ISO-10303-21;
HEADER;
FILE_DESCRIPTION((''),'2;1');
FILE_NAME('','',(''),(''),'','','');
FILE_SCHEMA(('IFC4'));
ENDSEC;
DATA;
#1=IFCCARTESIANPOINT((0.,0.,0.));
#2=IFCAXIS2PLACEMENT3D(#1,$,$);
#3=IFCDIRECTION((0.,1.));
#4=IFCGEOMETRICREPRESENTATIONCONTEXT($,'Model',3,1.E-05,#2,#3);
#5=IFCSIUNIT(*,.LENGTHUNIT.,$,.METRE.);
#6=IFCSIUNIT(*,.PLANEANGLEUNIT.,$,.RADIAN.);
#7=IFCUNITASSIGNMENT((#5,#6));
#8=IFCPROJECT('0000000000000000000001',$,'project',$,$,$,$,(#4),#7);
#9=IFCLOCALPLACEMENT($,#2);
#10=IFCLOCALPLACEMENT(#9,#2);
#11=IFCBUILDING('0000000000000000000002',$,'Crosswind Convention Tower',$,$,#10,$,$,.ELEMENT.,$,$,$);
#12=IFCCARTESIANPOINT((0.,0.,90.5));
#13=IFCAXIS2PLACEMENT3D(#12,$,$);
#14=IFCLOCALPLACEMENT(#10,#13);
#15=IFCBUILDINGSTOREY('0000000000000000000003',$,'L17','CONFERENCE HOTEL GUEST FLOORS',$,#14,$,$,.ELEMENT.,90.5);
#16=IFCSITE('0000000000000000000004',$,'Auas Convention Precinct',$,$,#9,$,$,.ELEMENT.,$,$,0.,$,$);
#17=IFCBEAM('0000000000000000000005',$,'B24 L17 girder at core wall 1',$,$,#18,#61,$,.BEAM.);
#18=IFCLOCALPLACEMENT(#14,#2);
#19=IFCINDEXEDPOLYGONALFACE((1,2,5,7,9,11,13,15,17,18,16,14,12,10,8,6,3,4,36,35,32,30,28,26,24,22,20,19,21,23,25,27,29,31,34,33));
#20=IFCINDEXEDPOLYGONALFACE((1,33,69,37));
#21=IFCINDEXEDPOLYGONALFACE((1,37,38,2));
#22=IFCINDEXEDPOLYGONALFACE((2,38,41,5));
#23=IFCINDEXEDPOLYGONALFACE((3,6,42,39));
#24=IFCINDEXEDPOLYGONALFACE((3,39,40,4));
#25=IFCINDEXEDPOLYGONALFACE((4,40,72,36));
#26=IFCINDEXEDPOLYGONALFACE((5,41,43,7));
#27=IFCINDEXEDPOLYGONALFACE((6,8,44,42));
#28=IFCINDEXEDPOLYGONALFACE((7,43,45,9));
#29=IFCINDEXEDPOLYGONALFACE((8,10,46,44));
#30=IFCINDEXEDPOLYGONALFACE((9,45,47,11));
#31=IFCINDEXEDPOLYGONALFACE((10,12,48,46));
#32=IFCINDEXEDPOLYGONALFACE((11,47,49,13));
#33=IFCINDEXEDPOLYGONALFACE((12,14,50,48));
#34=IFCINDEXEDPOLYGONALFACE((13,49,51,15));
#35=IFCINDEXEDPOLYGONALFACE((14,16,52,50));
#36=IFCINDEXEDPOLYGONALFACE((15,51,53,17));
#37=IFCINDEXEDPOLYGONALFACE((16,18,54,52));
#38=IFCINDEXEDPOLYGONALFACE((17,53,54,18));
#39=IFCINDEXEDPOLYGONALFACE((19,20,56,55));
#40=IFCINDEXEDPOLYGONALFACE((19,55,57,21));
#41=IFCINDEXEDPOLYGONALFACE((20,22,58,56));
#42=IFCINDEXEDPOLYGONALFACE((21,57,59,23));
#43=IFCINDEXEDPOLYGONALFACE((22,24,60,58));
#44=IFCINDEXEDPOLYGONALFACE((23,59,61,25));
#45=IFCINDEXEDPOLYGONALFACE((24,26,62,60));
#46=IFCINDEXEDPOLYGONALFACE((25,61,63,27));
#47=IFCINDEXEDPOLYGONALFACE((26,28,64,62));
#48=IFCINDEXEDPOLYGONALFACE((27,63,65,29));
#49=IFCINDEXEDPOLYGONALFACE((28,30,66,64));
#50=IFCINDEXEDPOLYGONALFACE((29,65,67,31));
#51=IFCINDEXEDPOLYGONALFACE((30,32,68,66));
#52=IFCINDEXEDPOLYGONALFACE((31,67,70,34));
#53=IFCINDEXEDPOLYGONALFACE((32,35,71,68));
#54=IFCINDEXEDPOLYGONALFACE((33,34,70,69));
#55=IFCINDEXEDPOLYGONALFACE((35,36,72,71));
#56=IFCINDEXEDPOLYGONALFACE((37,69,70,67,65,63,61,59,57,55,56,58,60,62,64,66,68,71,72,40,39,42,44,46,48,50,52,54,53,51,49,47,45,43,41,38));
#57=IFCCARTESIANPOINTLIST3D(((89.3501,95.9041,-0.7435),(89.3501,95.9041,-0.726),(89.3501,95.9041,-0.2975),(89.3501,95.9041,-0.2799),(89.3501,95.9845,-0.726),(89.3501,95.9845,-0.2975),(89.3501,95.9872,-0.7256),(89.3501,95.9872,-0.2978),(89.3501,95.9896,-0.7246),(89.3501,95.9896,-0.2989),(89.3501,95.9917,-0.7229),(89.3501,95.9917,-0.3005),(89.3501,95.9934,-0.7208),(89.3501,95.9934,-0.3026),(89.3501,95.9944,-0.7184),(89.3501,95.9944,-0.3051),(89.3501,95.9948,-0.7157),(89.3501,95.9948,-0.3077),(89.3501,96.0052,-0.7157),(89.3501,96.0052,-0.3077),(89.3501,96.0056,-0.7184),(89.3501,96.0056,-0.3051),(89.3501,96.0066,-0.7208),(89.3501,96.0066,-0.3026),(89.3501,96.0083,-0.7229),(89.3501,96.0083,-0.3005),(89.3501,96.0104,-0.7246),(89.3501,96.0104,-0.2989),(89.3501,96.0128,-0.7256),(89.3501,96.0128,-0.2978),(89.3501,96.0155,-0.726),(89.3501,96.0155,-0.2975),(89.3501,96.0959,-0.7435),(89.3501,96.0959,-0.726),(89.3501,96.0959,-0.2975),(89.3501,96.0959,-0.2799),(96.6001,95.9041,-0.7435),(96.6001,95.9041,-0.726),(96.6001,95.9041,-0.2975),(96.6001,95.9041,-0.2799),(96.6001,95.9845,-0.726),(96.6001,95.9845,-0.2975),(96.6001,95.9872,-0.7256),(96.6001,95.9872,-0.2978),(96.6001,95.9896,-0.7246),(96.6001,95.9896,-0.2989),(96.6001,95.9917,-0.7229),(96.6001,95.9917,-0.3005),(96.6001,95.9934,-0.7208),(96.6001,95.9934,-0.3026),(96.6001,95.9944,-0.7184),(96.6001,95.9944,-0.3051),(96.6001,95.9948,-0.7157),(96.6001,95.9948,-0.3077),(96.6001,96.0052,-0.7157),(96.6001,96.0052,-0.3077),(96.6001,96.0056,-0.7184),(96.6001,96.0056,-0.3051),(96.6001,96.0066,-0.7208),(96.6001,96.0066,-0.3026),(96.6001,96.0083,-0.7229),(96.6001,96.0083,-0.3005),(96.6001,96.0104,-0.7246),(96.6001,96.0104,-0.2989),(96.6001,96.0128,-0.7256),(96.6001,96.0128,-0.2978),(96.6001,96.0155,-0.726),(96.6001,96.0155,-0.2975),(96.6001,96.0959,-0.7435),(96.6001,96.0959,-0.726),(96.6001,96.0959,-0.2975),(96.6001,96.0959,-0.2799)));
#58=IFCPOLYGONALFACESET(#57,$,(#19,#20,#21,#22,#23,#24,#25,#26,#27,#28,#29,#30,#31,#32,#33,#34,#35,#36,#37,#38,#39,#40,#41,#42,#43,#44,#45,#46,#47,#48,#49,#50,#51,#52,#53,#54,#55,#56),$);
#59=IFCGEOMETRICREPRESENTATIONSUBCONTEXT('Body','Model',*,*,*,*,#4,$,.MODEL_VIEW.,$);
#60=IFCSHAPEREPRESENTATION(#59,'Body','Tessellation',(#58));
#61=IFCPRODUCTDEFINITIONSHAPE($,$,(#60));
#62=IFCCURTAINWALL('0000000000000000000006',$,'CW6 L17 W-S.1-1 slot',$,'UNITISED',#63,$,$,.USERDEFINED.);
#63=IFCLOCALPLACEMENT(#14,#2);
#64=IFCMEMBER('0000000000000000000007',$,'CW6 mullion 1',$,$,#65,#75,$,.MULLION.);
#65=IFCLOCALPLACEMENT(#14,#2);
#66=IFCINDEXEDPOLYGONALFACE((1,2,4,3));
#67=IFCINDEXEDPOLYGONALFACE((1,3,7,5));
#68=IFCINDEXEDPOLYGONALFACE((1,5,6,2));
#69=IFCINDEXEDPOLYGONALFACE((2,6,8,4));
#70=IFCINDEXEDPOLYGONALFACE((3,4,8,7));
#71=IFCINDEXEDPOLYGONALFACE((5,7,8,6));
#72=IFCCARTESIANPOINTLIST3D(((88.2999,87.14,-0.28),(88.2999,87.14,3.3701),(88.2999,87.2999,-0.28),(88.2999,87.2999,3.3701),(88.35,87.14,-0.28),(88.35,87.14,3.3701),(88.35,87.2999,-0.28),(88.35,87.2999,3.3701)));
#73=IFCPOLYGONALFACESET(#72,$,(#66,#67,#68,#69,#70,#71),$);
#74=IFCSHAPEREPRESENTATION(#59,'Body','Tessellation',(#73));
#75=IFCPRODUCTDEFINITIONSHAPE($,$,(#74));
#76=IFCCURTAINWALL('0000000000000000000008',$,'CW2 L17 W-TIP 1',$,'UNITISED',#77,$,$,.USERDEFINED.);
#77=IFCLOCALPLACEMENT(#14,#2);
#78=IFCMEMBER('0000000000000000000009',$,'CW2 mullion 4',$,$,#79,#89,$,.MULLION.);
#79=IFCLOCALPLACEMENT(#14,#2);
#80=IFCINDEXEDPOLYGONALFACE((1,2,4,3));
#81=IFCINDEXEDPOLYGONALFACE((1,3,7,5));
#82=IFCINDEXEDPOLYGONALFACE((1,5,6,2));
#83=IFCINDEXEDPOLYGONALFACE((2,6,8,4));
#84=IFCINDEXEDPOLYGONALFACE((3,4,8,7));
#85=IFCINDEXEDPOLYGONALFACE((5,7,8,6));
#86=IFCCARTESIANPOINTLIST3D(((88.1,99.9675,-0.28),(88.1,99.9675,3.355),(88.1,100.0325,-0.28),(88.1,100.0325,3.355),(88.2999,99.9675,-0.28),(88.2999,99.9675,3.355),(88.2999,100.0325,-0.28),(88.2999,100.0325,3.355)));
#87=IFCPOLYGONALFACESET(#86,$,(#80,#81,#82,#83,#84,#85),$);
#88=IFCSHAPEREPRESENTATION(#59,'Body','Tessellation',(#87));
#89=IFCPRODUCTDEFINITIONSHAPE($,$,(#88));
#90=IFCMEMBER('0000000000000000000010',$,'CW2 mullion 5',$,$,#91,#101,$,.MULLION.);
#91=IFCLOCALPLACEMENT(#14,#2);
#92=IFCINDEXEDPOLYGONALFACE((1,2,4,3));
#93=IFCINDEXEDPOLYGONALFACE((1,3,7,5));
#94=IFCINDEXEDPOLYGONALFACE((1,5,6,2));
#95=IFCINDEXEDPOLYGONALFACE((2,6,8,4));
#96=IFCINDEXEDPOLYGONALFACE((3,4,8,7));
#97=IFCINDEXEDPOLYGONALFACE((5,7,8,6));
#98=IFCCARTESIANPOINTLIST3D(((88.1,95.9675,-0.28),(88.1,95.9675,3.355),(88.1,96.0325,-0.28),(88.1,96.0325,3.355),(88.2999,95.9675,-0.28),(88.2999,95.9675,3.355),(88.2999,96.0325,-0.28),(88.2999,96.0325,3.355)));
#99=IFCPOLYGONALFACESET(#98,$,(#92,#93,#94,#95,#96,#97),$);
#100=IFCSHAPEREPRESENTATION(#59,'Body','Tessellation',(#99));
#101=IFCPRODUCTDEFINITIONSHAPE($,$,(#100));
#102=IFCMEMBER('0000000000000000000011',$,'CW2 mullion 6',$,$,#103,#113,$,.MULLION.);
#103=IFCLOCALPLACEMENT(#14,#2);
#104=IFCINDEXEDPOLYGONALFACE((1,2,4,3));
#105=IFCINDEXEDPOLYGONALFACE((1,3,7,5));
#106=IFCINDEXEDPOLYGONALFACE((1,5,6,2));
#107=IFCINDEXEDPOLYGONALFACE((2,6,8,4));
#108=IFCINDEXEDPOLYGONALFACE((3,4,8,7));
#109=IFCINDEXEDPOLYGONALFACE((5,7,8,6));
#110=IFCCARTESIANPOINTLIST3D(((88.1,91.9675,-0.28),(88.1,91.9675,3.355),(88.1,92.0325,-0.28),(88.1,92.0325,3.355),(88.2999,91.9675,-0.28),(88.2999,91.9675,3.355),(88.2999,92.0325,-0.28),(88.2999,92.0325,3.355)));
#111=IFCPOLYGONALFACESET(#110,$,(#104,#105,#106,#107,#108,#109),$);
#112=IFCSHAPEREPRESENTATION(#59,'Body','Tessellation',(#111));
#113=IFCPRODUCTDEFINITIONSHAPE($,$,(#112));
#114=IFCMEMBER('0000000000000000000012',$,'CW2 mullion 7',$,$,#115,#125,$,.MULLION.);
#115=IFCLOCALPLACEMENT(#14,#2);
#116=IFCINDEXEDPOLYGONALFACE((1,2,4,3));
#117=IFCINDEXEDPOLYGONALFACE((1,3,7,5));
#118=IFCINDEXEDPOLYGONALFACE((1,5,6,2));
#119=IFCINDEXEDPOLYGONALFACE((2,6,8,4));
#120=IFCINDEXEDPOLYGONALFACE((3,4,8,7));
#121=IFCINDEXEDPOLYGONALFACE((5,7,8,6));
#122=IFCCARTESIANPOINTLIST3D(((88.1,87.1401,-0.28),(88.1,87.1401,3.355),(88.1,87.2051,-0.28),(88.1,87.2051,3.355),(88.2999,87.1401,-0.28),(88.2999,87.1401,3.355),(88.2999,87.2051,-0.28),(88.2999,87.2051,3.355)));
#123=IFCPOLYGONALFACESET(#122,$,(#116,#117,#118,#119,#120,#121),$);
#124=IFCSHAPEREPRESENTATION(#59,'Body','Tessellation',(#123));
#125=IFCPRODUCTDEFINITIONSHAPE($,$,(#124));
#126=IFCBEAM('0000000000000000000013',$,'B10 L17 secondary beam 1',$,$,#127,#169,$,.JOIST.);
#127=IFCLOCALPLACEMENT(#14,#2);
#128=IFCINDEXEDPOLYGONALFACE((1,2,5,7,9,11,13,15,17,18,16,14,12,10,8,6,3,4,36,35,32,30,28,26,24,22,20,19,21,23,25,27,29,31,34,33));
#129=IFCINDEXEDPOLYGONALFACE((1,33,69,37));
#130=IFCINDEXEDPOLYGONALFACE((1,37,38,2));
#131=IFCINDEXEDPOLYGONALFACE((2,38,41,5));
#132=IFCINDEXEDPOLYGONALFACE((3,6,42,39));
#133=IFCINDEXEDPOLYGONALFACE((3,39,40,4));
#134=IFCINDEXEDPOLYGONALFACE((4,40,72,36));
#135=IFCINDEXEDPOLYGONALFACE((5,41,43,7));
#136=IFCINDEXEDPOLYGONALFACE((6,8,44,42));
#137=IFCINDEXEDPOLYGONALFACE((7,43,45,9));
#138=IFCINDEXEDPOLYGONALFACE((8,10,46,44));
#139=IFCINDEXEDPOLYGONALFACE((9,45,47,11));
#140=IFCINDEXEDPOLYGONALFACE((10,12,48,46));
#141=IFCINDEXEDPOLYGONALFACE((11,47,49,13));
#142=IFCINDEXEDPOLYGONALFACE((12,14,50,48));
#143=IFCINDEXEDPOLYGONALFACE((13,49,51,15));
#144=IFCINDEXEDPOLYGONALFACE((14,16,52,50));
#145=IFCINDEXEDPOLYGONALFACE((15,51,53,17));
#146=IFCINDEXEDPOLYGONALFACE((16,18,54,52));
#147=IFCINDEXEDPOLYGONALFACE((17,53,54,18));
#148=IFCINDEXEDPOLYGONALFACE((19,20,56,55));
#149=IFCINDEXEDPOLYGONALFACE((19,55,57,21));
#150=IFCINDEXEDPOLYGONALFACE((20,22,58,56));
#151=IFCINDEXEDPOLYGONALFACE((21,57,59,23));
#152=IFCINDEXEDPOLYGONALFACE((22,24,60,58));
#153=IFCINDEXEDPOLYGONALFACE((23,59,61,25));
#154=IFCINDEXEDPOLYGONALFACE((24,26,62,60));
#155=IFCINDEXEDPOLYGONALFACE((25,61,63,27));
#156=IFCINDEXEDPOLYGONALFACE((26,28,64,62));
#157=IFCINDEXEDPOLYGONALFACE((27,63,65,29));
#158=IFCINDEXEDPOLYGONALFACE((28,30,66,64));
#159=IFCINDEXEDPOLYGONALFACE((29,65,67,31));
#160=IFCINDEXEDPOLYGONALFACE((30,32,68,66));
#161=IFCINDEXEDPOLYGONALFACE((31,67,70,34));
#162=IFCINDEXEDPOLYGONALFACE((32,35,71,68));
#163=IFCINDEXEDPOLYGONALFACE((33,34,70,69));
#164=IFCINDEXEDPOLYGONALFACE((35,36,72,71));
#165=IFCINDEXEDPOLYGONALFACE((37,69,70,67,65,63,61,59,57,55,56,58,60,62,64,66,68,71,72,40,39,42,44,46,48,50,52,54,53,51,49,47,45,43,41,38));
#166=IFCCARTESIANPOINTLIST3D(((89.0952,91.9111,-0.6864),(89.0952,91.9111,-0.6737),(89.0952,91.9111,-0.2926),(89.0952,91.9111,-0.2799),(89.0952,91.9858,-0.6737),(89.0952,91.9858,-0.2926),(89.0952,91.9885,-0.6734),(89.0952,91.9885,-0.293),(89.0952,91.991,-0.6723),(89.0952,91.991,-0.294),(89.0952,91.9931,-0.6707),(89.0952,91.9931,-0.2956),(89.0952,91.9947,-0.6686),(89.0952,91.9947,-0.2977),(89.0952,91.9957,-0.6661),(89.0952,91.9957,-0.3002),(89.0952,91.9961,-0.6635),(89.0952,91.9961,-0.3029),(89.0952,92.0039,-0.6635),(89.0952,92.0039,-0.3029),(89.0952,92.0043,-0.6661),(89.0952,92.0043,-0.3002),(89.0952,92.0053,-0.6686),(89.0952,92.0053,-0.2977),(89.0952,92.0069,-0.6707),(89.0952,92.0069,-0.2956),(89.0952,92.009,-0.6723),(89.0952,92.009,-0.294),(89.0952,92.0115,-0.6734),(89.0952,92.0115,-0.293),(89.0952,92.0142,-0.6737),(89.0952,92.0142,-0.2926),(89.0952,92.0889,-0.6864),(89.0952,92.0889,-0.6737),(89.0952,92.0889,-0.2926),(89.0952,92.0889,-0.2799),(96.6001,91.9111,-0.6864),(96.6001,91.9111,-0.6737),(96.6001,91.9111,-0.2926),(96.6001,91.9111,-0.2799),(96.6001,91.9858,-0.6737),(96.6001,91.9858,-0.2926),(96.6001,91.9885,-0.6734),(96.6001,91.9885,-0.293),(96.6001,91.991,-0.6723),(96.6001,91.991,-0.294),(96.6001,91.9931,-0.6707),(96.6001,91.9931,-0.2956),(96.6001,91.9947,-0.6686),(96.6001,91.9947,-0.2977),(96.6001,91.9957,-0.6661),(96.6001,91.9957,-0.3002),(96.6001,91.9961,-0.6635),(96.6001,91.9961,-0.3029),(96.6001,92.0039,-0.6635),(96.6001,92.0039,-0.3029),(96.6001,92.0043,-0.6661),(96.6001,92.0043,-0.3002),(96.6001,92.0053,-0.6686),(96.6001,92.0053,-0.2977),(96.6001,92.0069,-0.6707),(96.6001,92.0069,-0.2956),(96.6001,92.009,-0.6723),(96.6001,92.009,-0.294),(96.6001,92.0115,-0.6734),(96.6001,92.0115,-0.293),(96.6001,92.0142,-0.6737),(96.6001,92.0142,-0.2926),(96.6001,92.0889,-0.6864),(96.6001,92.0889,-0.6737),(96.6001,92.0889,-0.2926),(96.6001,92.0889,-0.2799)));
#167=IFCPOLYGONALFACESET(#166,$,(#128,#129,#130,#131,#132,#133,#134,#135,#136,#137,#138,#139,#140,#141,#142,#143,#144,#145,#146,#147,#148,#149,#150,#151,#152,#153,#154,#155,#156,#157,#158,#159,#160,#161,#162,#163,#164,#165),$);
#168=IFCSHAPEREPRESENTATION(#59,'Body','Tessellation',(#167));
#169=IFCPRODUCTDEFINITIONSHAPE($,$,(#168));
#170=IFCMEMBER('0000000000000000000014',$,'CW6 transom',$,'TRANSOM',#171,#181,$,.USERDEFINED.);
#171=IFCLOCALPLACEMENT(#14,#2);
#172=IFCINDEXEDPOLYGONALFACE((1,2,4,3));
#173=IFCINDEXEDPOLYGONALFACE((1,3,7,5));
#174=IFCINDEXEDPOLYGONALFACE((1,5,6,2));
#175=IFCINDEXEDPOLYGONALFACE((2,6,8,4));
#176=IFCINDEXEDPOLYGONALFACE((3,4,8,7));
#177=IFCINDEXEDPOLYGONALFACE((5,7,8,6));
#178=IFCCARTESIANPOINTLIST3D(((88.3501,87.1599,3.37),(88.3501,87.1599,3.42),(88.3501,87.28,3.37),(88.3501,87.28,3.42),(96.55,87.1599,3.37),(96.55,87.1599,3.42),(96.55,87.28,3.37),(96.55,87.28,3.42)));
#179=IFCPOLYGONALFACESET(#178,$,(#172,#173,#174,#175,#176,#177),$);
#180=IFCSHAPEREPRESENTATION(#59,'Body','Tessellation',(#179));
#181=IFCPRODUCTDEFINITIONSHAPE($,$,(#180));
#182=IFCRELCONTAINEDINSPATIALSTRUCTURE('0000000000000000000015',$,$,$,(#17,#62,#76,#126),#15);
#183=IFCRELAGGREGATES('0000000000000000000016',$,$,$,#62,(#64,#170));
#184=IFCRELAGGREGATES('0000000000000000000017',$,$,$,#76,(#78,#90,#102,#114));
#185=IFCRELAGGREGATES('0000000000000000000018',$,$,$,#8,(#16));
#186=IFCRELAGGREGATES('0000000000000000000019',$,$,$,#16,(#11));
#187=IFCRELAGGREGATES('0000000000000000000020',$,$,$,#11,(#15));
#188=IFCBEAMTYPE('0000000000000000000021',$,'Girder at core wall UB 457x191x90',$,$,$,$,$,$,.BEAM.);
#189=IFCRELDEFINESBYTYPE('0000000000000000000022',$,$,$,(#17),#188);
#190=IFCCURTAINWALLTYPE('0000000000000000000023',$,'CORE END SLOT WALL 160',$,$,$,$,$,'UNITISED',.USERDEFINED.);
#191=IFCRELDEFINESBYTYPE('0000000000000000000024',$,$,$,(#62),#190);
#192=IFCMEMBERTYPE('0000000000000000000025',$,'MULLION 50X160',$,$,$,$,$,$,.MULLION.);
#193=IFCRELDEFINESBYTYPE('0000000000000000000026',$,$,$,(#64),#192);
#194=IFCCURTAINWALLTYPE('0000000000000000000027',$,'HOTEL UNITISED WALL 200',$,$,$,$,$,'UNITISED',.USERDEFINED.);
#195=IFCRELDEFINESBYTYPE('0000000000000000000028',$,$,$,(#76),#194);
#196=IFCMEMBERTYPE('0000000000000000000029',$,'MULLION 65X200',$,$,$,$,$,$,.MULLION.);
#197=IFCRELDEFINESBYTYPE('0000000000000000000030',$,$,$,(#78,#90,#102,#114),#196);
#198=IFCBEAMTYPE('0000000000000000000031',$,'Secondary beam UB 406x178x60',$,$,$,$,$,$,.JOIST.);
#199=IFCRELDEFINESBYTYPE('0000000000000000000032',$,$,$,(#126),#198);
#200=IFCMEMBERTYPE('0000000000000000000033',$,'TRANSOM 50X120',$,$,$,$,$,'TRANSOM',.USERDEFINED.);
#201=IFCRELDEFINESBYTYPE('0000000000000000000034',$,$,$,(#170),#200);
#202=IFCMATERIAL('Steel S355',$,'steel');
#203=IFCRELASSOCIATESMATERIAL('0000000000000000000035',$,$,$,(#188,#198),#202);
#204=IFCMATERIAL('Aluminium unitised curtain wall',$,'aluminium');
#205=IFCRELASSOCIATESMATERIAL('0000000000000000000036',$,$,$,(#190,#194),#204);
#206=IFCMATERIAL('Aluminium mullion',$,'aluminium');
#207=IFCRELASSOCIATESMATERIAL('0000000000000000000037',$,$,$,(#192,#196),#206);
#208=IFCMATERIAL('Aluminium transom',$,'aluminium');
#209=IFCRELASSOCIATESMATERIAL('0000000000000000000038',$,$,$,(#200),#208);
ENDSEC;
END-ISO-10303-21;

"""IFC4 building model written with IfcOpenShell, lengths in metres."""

from ifc_helpers import new_model, si_unit, direction, frame, origin, origin_2d, place, context, subcontext, project, spatial, rectangle, i_section, extrude, material, material_profile, profile_set, type_object, element, aggregate, save


model = new_model("IFC4")

# Units and contexts
model_context = context("Model", 3, precision=1e-05, world=origin(), true_north=direction((0.0, 1.0)))
body_context = subcontext(model_context, "Body", "Model", "MODEL_VIEW")
ifc_project = project(units=[si_unit("LENGTHUNIT", "METRE"), si_unit("PLANEANGLEUNIT", "RADIAN")], contexts=[model_context])

# Site, building, storey
site_placement = place(None, origin())
site = spatial("IfcSite", under=ifc_project, at=site_placement, Name="Auas Convention Precinct", CompositionType="ELEMENT", RefElevation=0.0)
building_placement = place(site_placement, origin())
building = spatial("IfcBuilding", under=site, at=building_placement, Name="Crosswind Convention Tower", CompositionType="ELEMENT")
storey_placement = place(building_placement, frame((0.0, 0.0, 90.5)))
storey = spatial("IfcBuildingStorey", under=building, at=storey_placement, Name="L17", Description="CONFERENCE HOTEL GUEST FLOORS", CompositionType="ELEMENT", Elevation=90.5)

# Beam
ifc_material_1 = material(Name="Steel S355", Category="steel")
ifc_material_profile_1 = material_profile(ifc_material_1, i_section(OverallWidth=0.1919, OverallDepth=0.4636, WebThickness=0.0105, FlangeThickness=0.0176, FilletRadius=0.0103, at=origin_2d()), Name="UB 457x191x90")
ifc_profile_set_1 = profile_set([ifc_material_profile_1], Name="Steel S355")
beam_type_1 = type_object("IfcBeamType", Name="Girder at core wall UB 457x191x90", PredefinedType="BEAM", material=ifc_profile_set_1)
beam_1_placement = place(storey_placement, frame((89.3501, 96.0, -0.5117), z_axis=(1.0, 0.0, 0.0), x_axis=(0.0, 1.0, 0.0)))
element("IfcBeam", 1, at=beam_1_placement, inside=storey, type_object=beam_type_1, Name="B24 L17 girder at core wall 1", PredefinedType="BEAM", context=body_context, shape_type="SweptSolid", body=[
    extrude(i_section(OverallWidth=0.1919, OverallDepth=0.4636, WebThickness=0.0105, FlangeThickness=0.0176, FilletRadius=0.0103, at=origin_2d()), origin(), (0.0, 0.0, 1.0), 7.25),
])

# Curtain wall, member
ifc_material_2 = material(Name="Aluminium unitised curtain wall", Category="aluminium")
curtain_wall_type_1 = type_object("IfcCurtainWallType", Name="CORE END SLOT WALL 160", ElementType="UNITISED", PredefinedType="USERDEFINED", material=ifc_material_2)
curtain_wall_1_placement = place(storey_placement, origin())
curtain_wall_1 = element("IfcCurtainWall", 2, at=curtain_wall_1_placement, inside=storey, type_object=curtain_wall_type_1, Name="CW6 L17 W-S.1-1 slot", ObjectType="UNITISED", PredefinedType="USERDEFINED")
ifc_material_3 = material(Name="Aluminium mullion", Category="aluminium")
ifc_material_profile_2 = material_profile(ifc_material_3, rectangle(XDim=0.1599, YDim=0.05, at=origin_2d()), Name="AL 160X50")
ifc_profile_set_2 = profile_set([ifc_material_profile_2], Name="Aluminium mullion")
member_type_1 = type_object("IfcMemberType", Name="MULLION 50X160", PredefinedType="MULLION", material=ifc_profile_set_2)
member_1_placement = place(storey_placement, frame((88.325, 87.22, -0.28), z_axis=(0.0, 0.0, 1.0), x_axis=(0.0, -1.0, 0.0)))
member_1 = element("IfcMember", 3, at=member_1_placement, type_object=member_type_1, Name="CW6 mullion 1", PredefinedType="MULLION", context=body_context, shape_type="SweptSolid", body=[
    extrude(rectangle(XDim=0.1599, YDim=0.05, at=origin_2d()), origin(), (0.0, 0.0, 1.0), 3.6501),
])

# Curtain wall, members
curtain_wall_type_2 = type_object("IfcCurtainWallType", Name="HOTEL UNITISED WALL 200", ElementType="UNITISED", PredefinedType="USERDEFINED", material=ifc_material_2)
curtain_wall_2_placement = place(storey_placement, origin())
curtain_wall_2 = element("IfcCurtainWall", 4, at=curtain_wall_2_placement, inside=storey, type_object=curtain_wall_type_2, Name="CW2 L17 W-TIP 1", ObjectType="UNITISED", PredefinedType="USERDEFINED")
ifc_material_profile_3 = material_profile(ifc_material_3, rectangle(XDim=0.2, YDim=0.0649, at=origin_2d()), Name="AL 200X65")
ifc_profile_set_3 = profile_set([ifc_material_profile_3], Name="Aluminium mullion")
member_type_2 = type_object("IfcMemberType", Name="MULLION 65X200", PredefinedType="MULLION", material=ifc_profile_set_3)
member_2_placement = place(storey_placement, frame((88.2, 100.0, -0.28), z_axis=(0.0, 0.0, 1.0), x_axis=(-1.0, 0.0, 0.0)))
member_2 = element("IfcMember", 5, at=member_2_placement, type_object=member_type_2, Name="CW2 mullion 4", PredefinedType="MULLION", context=body_context, shape_type="SweptSolid", body=[
    extrude(rectangle(XDim=0.2, YDim=0.0649, at=origin_2d()), origin(), (0.0, 0.0, 1.0), 3.635),
])
member_3_placement = place(storey_placement, frame((88.2, 96.0, -0.28), z_axis=(0.0, 0.0, 1.0), x_axis=(-1.0, 0.0, 0.0)))
member_3 = element("IfcMember", 6, at=member_3_placement, type_object=member_type_2, Name="CW2 mullion 5", PredefinedType="MULLION", context=body_context, shape_type="SweptSolid", body=[
    extrude(rectangle(XDim=0.2, YDim=0.0649, at=origin_2d()), origin(), (0.0, 0.0, 1.0), 3.635),
])
member_4_placement = place(storey_placement, frame((88.2, 92.0, -0.28), z_axis=(0.0, 0.0, 1.0), x_axis=(-1.0, 0.0, 0.0)))
member_4 = element("IfcMember", 7, at=member_4_placement, type_object=member_type_2, Name="CW2 mullion 6", PredefinedType="MULLION", context=body_context, shape_type="SweptSolid", body=[
    extrude(rectangle(XDim=0.2, YDim=0.0649, at=origin_2d()), origin(), (0.0, 0.0, 1.0), 3.635),
])
member_5_placement = place(storey_placement, frame((88.2, 87.1726, -0.28), z_axis=(0.0, 0.0, 1.0), x_axis=(-1.0, 0.0, 0.0)))
member_5 = element("IfcMember", 8, at=member_5_placement, type_object=member_type_2, Name="CW2 mullion 7", PredefinedType="MULLION", context=body_context, shape_type="SweptSolid", body=[
    extrude(rectangle(XDim=0.2, YDim=0.0649, at=origin_2d()), origin(), (0.0, 0.0, 1.0), 3.635),
])

# Beam
ifc_material_profile_4 = material_profile(ifc_material_1, i_section(OverallWidth=0.1777, OverallDepth=0.4065, WebThickness=0.0078, FlangeThickness=0.0127, FilletRadius=0.0103, at=origin_2d()), Name="UB 406x178x60")
ifc_profile_set_4 = profile_set([ifc_material_profile_4], Name="Steel S355")
beam_type_2 = type_object("IfcBeamType", Name="Secondary beam UB 406x178x60", PredefinedType="JOIST", material=ifc_profile_set_4)
beam_2_placement = place(storey_placement, frame((89.0952, 92.0, -0.4832), z_axis=(1.0, 0.0, 0.0), x_axis=(0.0, 1.0, 0.0)))
element("IfcBeam", 9, at=beam_2_placement, inside=storey, type_object=beam_type_2, Name="B10 L17 secondary beam 1", PredefinedType="JOIST", context=body_context, shape_type="SweptSolid", body=[
    extrude(i_section(OverallWidth=0.1777, OverallDepth=0.4065, WebThickness=0.0078, FlangeThickness=0.0127, FilletRadius=0.0103, at=origin_2d()), origin(), (0.0, 0.0, 1.0), 7.5049),
])

# Member
ifc_material_4 = material(Name="Aluminium transom", Category="aluminium")
ifc_material_profile_5 = material_profile(ifc_material_4, rectangle(XDim=0.1201, YDim=0.05, at=origin_2d()), Name="AL 120X50")
ifc_profile_set_5 = profile_set([ifc_material_profile_5], Name="Aluminium transom")
member_type_3 = type_object("IfcMemberType", Name="TRANSOM 50X120", ElementType="TRANSOM", PredefinedType="USERDEFINED", material=ifc_profile_set_5)
member_6_placement = place(storey_placement, frame((88.3501, 87.22, 3.395), z_axis=(1.0, 0.0, 0.0), x_axis=(0.0, 1.0, 0.0)))
member_6 = element("IfcMember", 10, at=member_6_placement, type_object=member_type_3, Name="CW6 transom", ObjectType="TRANSOM", PredefinedType="USERDEFINED", context=body_context, shape_type="SweptSolid", body=[
    extrude(rectangle(XDim=0.1201, YDim=0.05, at=origin_2d()), origin(), (0.0, 0.0, 1.0), 8.2),
])

aggregate(curtain_wall_1, [member_1, member_6])
aggregate(curtain_wall_2, [member_2, member_3, member_4, member_5])

save(model, "model.ifc")
